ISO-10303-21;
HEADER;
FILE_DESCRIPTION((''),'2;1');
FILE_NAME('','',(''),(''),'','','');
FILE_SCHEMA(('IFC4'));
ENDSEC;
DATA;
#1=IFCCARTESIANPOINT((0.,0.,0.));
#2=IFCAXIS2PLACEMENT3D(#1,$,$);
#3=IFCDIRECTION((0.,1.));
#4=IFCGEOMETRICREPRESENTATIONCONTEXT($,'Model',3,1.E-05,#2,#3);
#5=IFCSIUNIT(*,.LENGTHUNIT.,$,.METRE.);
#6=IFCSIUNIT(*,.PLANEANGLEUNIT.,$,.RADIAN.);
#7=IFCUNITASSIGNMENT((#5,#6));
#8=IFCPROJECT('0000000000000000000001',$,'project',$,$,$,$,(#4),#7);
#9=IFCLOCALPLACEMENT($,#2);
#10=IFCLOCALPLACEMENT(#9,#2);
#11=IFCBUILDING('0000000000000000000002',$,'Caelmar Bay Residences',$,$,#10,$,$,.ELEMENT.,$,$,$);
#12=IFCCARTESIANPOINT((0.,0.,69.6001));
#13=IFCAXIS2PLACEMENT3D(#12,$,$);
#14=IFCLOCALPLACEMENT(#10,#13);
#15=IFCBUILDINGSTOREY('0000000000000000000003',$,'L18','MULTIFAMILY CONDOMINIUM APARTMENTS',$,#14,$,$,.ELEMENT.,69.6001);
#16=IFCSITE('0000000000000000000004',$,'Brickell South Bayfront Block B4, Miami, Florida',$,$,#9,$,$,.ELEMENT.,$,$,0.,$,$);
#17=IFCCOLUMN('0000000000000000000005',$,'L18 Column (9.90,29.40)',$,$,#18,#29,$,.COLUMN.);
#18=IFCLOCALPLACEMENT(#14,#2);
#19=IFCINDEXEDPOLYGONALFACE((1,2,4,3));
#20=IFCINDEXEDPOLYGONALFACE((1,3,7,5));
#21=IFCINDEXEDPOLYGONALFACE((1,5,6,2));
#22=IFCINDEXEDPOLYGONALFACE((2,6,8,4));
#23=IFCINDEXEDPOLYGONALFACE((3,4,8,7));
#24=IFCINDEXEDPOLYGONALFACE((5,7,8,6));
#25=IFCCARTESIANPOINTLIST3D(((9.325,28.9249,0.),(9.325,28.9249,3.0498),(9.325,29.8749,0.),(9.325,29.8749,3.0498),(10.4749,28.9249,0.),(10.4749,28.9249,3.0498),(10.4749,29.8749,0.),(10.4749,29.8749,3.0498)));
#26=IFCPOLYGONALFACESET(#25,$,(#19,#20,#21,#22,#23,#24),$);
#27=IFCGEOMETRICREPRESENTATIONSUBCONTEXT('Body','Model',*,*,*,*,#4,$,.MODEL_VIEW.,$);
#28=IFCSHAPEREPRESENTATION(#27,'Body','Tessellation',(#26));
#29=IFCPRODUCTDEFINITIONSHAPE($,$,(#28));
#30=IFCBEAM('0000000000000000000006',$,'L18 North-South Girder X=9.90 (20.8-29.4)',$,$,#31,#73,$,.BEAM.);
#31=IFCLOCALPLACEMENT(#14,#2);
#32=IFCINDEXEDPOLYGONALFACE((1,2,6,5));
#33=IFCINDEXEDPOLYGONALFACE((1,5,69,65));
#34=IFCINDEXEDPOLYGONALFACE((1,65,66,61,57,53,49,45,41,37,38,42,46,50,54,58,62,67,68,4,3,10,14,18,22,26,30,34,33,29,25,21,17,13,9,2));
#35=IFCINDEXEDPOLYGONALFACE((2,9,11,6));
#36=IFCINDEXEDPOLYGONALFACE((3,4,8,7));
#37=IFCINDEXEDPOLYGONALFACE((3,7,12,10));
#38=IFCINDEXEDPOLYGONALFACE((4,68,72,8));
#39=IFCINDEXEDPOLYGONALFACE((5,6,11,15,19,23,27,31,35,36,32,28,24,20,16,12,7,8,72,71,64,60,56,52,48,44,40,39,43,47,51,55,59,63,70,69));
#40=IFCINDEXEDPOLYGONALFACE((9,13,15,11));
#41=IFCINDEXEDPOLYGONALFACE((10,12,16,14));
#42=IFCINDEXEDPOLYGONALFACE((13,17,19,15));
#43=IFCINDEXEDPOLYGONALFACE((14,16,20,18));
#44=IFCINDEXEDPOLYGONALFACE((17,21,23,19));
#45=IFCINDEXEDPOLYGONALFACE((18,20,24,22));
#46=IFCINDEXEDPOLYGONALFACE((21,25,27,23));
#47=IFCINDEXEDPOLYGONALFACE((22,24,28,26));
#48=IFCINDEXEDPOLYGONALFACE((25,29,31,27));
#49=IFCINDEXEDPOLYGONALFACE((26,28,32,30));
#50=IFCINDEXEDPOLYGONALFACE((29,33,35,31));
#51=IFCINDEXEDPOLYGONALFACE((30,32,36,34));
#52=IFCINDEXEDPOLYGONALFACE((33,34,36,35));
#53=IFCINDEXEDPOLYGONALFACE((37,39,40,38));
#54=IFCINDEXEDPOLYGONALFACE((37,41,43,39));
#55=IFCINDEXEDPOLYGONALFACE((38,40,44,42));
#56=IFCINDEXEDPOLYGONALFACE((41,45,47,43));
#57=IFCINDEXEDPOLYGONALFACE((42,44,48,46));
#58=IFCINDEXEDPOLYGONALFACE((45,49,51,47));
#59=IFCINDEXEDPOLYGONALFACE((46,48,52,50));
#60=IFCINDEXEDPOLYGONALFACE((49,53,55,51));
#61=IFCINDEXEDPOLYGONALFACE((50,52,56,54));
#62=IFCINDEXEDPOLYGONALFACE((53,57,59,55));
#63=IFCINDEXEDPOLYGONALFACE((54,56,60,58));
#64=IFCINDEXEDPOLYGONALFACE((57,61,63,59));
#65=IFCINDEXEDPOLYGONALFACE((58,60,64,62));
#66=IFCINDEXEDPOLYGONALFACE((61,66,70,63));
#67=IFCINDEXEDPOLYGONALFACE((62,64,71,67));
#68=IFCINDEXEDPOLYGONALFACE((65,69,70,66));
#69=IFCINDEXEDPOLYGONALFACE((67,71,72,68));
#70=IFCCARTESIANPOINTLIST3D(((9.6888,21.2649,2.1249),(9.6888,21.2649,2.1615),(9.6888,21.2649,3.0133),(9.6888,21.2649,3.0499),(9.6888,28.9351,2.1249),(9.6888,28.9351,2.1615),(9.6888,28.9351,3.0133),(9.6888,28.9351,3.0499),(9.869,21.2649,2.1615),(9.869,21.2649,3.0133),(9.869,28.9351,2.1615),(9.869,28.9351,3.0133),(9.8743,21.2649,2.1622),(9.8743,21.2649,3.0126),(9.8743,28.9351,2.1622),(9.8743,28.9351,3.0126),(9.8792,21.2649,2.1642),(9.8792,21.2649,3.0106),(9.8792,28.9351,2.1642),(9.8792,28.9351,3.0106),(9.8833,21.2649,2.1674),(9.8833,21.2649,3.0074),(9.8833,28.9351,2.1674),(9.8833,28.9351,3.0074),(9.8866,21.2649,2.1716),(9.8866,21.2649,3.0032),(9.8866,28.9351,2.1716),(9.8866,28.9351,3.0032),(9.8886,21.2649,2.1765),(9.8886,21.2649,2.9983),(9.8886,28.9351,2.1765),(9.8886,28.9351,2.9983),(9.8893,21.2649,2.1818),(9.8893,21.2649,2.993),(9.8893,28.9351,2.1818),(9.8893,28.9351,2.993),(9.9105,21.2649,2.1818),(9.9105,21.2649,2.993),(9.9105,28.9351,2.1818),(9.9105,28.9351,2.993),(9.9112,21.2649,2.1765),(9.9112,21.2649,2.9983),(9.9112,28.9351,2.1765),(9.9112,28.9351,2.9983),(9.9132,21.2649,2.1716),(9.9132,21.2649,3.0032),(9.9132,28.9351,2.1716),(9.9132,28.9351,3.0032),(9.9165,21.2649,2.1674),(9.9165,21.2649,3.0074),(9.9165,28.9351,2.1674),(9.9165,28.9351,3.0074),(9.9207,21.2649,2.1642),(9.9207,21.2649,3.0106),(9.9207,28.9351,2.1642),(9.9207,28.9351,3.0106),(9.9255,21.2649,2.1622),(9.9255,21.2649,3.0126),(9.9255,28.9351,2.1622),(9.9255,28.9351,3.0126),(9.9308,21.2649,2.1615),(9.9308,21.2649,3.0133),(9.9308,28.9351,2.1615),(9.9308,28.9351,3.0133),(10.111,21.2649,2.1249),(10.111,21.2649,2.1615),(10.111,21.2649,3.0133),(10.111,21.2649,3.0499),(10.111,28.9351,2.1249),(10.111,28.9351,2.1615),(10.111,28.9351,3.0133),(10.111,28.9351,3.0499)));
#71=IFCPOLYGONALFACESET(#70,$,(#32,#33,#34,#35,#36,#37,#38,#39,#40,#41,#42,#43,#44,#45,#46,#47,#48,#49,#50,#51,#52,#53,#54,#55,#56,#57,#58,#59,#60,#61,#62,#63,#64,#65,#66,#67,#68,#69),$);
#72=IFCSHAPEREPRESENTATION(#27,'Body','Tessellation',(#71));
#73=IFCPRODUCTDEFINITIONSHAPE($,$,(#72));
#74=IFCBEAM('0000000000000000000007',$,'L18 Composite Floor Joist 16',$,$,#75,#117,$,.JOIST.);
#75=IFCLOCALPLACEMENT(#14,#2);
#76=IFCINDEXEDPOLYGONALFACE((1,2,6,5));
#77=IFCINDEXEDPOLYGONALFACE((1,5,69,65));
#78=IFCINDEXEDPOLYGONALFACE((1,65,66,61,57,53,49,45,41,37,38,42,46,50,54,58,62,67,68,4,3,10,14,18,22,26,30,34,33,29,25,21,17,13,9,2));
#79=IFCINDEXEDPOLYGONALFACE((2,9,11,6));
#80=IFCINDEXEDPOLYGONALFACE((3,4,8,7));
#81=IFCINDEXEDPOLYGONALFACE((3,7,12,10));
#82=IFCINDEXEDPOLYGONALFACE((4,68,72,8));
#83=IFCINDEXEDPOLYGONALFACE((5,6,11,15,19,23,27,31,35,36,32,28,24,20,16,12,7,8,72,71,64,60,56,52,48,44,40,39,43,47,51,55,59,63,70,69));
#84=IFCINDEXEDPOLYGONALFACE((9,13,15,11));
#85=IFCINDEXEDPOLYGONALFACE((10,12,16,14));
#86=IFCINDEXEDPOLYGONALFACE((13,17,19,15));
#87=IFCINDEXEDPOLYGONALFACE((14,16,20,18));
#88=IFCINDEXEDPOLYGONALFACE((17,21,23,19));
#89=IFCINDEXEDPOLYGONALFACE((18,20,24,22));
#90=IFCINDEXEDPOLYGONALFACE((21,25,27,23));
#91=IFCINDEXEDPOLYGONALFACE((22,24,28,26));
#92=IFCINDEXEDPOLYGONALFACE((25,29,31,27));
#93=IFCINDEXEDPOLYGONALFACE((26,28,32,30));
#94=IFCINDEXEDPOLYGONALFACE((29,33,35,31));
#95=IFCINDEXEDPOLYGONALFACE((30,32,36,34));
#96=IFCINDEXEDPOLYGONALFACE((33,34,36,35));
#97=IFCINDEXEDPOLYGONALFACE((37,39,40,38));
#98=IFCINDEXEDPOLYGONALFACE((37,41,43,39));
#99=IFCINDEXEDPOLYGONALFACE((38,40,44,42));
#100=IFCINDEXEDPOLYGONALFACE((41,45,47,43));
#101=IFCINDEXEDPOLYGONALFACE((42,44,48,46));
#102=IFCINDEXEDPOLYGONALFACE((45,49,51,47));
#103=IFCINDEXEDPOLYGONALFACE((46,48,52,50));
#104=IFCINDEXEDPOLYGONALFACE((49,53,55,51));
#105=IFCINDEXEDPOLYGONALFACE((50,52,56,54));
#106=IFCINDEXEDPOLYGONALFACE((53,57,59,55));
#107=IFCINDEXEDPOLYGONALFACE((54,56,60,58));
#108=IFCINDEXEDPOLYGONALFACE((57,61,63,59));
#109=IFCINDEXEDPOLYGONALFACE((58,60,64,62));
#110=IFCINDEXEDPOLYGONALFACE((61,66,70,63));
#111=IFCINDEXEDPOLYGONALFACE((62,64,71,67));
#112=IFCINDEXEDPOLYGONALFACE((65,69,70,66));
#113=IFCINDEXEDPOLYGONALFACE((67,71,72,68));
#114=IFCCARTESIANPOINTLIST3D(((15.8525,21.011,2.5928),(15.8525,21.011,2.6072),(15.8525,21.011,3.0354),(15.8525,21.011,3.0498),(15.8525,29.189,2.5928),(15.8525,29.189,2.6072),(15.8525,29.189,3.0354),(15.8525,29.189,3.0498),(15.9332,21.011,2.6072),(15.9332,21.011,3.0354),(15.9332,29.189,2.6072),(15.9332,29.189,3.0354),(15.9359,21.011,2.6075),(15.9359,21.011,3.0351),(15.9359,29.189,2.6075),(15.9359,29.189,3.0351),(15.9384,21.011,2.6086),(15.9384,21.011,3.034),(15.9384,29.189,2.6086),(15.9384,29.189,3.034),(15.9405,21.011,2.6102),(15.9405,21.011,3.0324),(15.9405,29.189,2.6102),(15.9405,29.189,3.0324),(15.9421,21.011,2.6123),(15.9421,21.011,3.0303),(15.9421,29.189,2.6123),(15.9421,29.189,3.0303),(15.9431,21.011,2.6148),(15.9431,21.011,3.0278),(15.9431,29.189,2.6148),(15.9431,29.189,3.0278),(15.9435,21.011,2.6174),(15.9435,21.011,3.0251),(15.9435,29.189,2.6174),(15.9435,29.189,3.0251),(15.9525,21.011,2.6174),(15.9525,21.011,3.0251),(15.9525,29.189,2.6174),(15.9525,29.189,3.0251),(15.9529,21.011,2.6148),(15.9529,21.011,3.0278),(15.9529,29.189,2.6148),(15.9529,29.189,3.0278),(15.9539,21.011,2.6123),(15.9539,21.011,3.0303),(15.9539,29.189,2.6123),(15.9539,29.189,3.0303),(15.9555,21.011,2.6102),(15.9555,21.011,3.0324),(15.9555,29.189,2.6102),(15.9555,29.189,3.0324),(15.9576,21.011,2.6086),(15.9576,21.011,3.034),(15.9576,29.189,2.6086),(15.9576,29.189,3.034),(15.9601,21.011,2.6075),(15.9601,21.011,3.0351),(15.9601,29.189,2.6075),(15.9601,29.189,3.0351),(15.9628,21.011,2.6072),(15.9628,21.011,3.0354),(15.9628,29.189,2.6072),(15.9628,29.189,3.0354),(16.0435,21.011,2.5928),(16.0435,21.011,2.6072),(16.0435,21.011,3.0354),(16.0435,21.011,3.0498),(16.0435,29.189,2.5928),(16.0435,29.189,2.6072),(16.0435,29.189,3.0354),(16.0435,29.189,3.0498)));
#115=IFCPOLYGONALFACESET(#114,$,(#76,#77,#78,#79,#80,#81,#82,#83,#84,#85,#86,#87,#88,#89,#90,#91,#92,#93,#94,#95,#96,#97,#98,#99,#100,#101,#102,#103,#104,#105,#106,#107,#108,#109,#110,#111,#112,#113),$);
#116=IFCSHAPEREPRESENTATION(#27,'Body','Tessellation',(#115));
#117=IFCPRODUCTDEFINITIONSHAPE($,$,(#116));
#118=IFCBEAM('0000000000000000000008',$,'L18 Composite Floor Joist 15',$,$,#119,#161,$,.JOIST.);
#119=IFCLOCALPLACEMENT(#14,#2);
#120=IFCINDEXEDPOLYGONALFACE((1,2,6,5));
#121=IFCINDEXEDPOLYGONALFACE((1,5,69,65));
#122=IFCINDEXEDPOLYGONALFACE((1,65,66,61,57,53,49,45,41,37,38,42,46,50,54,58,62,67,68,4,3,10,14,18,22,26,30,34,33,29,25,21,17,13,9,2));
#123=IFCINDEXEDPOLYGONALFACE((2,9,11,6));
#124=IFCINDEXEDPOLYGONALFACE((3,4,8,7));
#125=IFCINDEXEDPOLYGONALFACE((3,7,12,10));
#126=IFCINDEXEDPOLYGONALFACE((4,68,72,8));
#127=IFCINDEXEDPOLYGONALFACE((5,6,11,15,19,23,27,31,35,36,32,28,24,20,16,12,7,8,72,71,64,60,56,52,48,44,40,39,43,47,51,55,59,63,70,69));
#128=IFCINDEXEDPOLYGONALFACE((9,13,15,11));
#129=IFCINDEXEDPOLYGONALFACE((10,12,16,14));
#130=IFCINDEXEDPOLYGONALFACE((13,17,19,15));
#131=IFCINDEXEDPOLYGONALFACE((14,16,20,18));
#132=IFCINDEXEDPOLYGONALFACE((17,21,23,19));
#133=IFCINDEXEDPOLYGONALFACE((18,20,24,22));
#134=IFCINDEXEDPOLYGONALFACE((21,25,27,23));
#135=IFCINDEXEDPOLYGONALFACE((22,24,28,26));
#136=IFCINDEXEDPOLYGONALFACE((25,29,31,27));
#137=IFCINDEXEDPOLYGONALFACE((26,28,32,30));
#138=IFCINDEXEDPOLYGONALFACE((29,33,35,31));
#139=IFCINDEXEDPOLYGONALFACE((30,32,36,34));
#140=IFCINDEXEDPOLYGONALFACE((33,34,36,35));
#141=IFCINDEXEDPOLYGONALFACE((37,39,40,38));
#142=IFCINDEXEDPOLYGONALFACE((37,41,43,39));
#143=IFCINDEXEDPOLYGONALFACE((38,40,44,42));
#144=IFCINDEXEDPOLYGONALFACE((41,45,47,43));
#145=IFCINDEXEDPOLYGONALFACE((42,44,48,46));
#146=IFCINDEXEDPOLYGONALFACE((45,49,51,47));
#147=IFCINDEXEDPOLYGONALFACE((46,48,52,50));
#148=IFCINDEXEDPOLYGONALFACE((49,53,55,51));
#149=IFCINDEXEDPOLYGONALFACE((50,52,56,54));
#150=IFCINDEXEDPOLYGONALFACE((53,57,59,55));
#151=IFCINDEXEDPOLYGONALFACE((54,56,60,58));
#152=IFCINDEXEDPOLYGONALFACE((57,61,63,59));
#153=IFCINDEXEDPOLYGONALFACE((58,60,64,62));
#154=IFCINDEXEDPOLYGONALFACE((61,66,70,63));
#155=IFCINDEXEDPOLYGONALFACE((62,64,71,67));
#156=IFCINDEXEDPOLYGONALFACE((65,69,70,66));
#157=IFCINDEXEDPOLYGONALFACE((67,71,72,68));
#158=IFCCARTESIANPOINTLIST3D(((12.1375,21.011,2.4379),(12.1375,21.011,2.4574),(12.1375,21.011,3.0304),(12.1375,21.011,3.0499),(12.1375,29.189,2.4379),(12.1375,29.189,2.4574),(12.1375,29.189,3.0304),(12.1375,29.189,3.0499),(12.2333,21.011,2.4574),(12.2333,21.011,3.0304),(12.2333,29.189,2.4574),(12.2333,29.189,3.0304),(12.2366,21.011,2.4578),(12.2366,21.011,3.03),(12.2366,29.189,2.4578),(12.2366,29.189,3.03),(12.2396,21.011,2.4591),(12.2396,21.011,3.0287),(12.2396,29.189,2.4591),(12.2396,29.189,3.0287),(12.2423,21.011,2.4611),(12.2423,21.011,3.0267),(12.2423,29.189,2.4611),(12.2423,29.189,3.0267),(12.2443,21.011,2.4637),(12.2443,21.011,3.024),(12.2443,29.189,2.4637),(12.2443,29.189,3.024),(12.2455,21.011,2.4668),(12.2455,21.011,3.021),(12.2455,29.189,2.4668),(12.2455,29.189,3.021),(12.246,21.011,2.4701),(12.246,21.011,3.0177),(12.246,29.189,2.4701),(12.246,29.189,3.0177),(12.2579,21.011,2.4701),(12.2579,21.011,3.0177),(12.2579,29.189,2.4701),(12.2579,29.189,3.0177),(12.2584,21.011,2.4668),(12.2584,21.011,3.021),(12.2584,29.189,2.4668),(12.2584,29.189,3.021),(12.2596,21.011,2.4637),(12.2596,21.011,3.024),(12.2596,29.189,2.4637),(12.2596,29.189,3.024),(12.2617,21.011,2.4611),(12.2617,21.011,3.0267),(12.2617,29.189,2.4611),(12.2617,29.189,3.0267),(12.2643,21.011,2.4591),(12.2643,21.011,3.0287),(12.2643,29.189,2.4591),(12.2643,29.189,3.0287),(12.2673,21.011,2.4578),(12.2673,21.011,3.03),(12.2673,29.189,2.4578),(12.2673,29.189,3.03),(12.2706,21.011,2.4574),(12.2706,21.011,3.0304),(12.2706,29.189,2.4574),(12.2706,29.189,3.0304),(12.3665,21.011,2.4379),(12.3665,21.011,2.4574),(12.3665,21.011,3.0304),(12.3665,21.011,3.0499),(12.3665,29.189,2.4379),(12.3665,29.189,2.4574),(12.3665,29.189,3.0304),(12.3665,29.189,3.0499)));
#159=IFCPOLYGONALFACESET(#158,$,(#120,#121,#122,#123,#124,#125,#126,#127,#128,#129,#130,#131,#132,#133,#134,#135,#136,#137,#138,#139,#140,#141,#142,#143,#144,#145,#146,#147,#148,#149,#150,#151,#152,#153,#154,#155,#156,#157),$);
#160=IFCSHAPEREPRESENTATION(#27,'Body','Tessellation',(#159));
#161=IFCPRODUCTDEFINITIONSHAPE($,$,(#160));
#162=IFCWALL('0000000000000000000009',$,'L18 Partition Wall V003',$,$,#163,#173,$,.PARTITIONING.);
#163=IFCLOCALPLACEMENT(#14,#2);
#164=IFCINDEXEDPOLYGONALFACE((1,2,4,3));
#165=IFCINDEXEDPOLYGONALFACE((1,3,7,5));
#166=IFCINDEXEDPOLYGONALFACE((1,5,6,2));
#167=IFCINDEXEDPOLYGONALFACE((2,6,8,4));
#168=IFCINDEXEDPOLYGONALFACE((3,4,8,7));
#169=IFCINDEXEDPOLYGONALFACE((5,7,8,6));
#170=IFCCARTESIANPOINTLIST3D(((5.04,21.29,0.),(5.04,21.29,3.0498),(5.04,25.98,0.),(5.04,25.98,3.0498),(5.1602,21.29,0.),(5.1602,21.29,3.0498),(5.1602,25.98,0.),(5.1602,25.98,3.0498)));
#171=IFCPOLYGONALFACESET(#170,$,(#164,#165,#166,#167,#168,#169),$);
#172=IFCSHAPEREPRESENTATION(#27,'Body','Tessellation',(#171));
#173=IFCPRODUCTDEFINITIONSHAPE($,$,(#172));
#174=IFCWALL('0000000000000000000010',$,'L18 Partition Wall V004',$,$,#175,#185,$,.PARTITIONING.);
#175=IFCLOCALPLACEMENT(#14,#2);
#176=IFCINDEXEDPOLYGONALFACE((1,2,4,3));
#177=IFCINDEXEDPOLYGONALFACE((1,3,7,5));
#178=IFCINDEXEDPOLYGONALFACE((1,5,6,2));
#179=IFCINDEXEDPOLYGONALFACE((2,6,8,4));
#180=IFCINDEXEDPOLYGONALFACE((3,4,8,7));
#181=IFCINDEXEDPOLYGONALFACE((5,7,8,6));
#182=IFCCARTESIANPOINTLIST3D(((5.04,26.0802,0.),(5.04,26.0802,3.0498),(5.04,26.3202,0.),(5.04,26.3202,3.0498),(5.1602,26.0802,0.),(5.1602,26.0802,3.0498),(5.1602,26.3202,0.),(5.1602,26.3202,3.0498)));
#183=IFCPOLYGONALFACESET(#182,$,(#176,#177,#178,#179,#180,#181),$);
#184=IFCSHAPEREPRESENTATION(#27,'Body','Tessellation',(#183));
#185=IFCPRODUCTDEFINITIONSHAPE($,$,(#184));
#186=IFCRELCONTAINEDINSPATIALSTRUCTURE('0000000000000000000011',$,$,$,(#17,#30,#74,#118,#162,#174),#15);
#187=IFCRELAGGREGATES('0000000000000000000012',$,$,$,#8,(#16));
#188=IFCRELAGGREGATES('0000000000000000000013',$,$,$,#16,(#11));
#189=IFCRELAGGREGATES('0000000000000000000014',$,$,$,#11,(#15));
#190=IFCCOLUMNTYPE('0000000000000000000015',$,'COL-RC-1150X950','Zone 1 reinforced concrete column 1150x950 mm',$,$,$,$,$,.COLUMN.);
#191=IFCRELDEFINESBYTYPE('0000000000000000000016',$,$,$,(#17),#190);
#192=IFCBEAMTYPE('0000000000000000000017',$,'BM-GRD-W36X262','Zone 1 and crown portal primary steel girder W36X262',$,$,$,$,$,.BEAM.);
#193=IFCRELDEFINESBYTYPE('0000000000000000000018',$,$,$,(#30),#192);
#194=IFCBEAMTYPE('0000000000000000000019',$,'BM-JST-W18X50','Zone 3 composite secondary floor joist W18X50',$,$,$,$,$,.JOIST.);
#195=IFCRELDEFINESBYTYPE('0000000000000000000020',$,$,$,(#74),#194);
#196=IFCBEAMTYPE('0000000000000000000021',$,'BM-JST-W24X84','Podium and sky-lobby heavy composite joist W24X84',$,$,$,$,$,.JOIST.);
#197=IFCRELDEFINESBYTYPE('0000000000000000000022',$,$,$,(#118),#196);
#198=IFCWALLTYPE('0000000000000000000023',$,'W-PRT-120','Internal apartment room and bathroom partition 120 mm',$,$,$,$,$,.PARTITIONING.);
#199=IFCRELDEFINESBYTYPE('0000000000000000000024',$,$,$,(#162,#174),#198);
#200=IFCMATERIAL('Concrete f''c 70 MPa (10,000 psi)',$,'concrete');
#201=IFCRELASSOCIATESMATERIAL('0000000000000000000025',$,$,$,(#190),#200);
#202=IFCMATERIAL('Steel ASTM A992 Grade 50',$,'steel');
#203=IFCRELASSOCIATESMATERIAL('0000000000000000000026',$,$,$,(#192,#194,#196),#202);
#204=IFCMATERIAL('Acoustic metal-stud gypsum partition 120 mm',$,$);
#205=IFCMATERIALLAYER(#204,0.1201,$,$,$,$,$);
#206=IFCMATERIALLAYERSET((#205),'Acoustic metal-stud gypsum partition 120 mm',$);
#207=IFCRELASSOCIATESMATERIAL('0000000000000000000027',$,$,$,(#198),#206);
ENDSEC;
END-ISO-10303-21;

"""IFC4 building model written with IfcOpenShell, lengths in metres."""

from ifc_helpers import new_model, si_unit, direction, frame, frame_2d, origin, origin_2d, place, context, subcontext, project, spatial, rectangle, i_section, extrude, material, layer, layer_set, material_profile, profile_set, type_object, element, save


model = new_model("IFC4")

# Units and contexts
model_context = context("Model", 3, precision=1e-05, world=origin(), true_north=direction((0.0, 1.0)))
body_context = subcontext(model_context, "Body", "Model", "MODEL_VIEW")
ifc_project = project(units=[si_unit("LENGTHUNIT", "METRE"), si_unit("PLANEANGLEUNIT", "RADIAN")], contexts=[model_context])

# Site, building, storey
site_placement = place(None, origin())
site = spatial("IfcSite", under=ifc_project, at=site_placement, Name="Brickell South Bayfront Block B4, Miami, Florida", CompositionType="ELEMENT", RefElevation=0.0)
building_placement = place(site_placement, origin())
building = spatial("IfcBuilding", under=site, at=building_placement, Name="Caelmar Bay Residences", CompositionType="ELEMENT")
storey_placement = place(building_placement, frame((0.0, 0.0, 69.6001)))
storey = spatial("IfcBuildingStorey", under=building, at=storey_placement, Name="L18", Description="MULTIFAMILY CONDOMINIUM APARTMENTS", CompositionType="ELEMENT", Elevation=69.6001)

# Column
ifc_material_1 = material(Name="Concrete f'c 70 MPa (10,000 psi)", Category="concrete")
ifc_material_profile_1 = material_profile(ifc_material_1, rectangle(XDim=1.1499, YDim=0.95, at=origin_2d()), Name="RC-COL-1150X950")
ifc_profile_set_1 = profile_set([ifc_material_profile_1], Name="Concrete f'c 70 MPa (10,000 psi)")
column_type = type_object("IfcColumnType", Name="COL-RC-1150X950", Description="Zone 1 reinforced concrete column 1150x950 mm", PredefinedType="COLUMN", material=ifc_profile_set_1)
column_placement = place(storey_placement, frame((9.8999, 29.3999, 0.0), z_axis=(0.0, 0.0, 1.0), x_axis=(1.0, 0.0, 0.0)))
element("IfcColumn", 1, at=column_placement, inside=storey, type_object=column_type, Name="L18 Column (9.90,29.40)", PredefinedType="COLUMN", context=body_context, shape_type="SweptSolid", body=[
    extrude(rectangle(XDim=1.1499, YDim=0.95, at=origin_2d()), origin(), (0.0, 0.0, 1.0), 3.0498),
])

# Beams
ifc_material_2 = material(Name="Steel ASTM A992 Grade 50", Category="steel")
ifc_material_profile_2 = material_profile(ifc_material_2, i_section(OverallWidth=0.4221, OverallDepth=0.925, WebThickness=0.0212, FlangeThickness=0.0366, FilletRadius=0.0203, at=origin_2d()), Name="W36X262")
ifc_profile_set_2 = profile_set([ifc_material_profile_2], Name="Steel ASTM A992 Grade 50")
beam_type_1 = type_object("IfcBeamType", Name="BM-GRD-W36X262", Description="Zone 1 and crown portal primary steel girder W36X262", PredefinedType="BEAM", material=ifc_profile_set_2)
beam_1_placement = place(storey_placement, frame((9.8999, 21.2649, 2.5874), z_axis=(0.0, 1.0, 0.0), x_axis=(-1.0, 0.0, 0.0)))
element("IfcBeam", 2, at=beam_1_placement, inside=storey, type_object=beam_type_1, Name="L18 North-South Girder X=9.90 (20.8-29.4)", PredefinedType="BEAM", context=body_context, shape_type="SweptSolid", body=[
    extrude(i_section(OverallWidth=0.4221, OverallDepth=0.925, WebThickness=0.0212, FlangeThickness=0.0366, FilletRadius=0.0203, at=origin_2d()), origin(), (0.0, 0.0, 1.0), 7.6702),
])
ifc_material_profile_3 = material_profile(ifc_material_2, i_section(OverallWidth=0.1909, OverallDepth=0.457, WebThickness=0.009, FlangeThickness=0.0144, FilletRadius=0.0103, at=origin_2d()), Name="W18X50")
ifc_profile_set_3 = profile_set([ifc_material_profile_3], Name="Steel ASTM A992 Grade 50")
beam_type_2 = type_object("IfcBeamType", Name="BM-JST-W18X50", Description="Zone 3 composite secondary floor joist W18X50", PredefinedType="JOIST", material=ifc_profile_set_3)
beam_2_placement = place(storey_placement, frame((15.948, 21.011, 2.8213), z_axis=(0.0, 1.0, 0.0), x_axis=(-1.0, 0.0, 0.0)))
element("IfcBeam", 3, at=beam_2_placement, inside=storey, type_object=beam_type_2, Name="L18 Composite Floor Joist 16", PredefinedType="JOIST", context=body_context, shape_type="SweptSolid", body=[
    extrude(i_section(OverallWidth=0.1909, OverallDepth=0.457, WebThickness=0.009, FlangeThickness=0.0144, FilletRadius=0.0103, at=origin_2d()), origin(), (0.0, 0.0, 1.0), 8.178),
])
ifc_material_profile_4 = material_profile(ifc_material_2, i_section(OverallWidth=0.229, OverallDepth=0.6121, WebThickness=0.012, FlangeThickness=0.0195, FilletRadius=0.0127, at=origin_2d()), Name="W24X84")
ifc_profile_set_4 = profile_set([ifc_material_profile_4], Name="Steel ASTM A992 Grade 50")
beam_type_3 = type_object("IfcBeamType", Name="BM-JST-W24X84", Description="Podium and sky-lobby heavy composite joist W24X84", PredefinedType="JOIST", material=ifc_profile_set_4)
beam_3_placement = place(storey_placement, frame((12.252, 21.011, 2.7439), z_axis=(0.0, 1.0, 0.0), x_axis=(-1.0, 0.0, 0.0)))
element("IfcBeam", 4, at=beam_3_placement, inside=storey, type_object=beam_type_3, Name="L18 Composite Floor Joist 15", PredefinedType="JOIST", context=body_context, shape_type="SweptSolid", body=[
    extrude(i_section(OverallWidth=0.229, OverallDepth=0.6121, WebThickness=0.012, FlangeThickness=0.0195, FilletRadius=0.0127, at=origin_2d()), origin(), (0.0, 0.0, 1.0), 8.178),
])

# Walls
ifc_material_3 = material(Name="Acoustic metal-stud gypsum partition 120 mm")
ifc_layer_1 = layer(ifc_material_3, 0.1201)
ifc_layer_set_1 = layer_set([ifc_layer_1], Name="Acoustic metal-stud gypsum partition 120 mm")
wall_type = type_object("IfcWallType", Name="W-PRT-120", Description="Internal apartment room and bathroom partition 120 mm", PredefinedType="PARTITIONING", material=ifc_layer_set_1)
wall_1_placement = place(storey_placement, frame((5.1001, 21.29, 0.0), z_axis=(0.0, 0.0, 1.0), x_axis=(0.0, 1.0, 0.0)))
element("IfcWall", 5, at=wall_1_placement, inside=storey, type_object=wall_type, Name="L18 Partition Wall V003", PredefinedType="PARTITIONING", context=body_context, shape_type="SweptSolid", body=[
    extrude(rectangle(XDim=4.6899, YDim=0.1201, at=frame_2d((2.345, 0.0))), origin(), (0.0, 0.0, 1.0), 3.0498),
])
wall_2_placement = place(storey_placement, frame((5.1001, 26.0801, 0.0), z_axis=(0.0, 0.0, 1.0), x_axis=(0.0, 1.0, 0.0)))
element("IfcWall", 6, at=wall_2_placement, inside=storey, type_object=wall_type, Name="L18 Partition Wall V004", PredefinedType="PARTITIONING", context=body_context, shape_type="SweptSolid", body=[
    extrude(rectangle(XDim=0.24, YDim=0.1201, at=frame_2d((0.1201, 0.0))), origin(), (0.0, 0.0, 1.0), 3.0498),
])

save(model, "model.ifc")
